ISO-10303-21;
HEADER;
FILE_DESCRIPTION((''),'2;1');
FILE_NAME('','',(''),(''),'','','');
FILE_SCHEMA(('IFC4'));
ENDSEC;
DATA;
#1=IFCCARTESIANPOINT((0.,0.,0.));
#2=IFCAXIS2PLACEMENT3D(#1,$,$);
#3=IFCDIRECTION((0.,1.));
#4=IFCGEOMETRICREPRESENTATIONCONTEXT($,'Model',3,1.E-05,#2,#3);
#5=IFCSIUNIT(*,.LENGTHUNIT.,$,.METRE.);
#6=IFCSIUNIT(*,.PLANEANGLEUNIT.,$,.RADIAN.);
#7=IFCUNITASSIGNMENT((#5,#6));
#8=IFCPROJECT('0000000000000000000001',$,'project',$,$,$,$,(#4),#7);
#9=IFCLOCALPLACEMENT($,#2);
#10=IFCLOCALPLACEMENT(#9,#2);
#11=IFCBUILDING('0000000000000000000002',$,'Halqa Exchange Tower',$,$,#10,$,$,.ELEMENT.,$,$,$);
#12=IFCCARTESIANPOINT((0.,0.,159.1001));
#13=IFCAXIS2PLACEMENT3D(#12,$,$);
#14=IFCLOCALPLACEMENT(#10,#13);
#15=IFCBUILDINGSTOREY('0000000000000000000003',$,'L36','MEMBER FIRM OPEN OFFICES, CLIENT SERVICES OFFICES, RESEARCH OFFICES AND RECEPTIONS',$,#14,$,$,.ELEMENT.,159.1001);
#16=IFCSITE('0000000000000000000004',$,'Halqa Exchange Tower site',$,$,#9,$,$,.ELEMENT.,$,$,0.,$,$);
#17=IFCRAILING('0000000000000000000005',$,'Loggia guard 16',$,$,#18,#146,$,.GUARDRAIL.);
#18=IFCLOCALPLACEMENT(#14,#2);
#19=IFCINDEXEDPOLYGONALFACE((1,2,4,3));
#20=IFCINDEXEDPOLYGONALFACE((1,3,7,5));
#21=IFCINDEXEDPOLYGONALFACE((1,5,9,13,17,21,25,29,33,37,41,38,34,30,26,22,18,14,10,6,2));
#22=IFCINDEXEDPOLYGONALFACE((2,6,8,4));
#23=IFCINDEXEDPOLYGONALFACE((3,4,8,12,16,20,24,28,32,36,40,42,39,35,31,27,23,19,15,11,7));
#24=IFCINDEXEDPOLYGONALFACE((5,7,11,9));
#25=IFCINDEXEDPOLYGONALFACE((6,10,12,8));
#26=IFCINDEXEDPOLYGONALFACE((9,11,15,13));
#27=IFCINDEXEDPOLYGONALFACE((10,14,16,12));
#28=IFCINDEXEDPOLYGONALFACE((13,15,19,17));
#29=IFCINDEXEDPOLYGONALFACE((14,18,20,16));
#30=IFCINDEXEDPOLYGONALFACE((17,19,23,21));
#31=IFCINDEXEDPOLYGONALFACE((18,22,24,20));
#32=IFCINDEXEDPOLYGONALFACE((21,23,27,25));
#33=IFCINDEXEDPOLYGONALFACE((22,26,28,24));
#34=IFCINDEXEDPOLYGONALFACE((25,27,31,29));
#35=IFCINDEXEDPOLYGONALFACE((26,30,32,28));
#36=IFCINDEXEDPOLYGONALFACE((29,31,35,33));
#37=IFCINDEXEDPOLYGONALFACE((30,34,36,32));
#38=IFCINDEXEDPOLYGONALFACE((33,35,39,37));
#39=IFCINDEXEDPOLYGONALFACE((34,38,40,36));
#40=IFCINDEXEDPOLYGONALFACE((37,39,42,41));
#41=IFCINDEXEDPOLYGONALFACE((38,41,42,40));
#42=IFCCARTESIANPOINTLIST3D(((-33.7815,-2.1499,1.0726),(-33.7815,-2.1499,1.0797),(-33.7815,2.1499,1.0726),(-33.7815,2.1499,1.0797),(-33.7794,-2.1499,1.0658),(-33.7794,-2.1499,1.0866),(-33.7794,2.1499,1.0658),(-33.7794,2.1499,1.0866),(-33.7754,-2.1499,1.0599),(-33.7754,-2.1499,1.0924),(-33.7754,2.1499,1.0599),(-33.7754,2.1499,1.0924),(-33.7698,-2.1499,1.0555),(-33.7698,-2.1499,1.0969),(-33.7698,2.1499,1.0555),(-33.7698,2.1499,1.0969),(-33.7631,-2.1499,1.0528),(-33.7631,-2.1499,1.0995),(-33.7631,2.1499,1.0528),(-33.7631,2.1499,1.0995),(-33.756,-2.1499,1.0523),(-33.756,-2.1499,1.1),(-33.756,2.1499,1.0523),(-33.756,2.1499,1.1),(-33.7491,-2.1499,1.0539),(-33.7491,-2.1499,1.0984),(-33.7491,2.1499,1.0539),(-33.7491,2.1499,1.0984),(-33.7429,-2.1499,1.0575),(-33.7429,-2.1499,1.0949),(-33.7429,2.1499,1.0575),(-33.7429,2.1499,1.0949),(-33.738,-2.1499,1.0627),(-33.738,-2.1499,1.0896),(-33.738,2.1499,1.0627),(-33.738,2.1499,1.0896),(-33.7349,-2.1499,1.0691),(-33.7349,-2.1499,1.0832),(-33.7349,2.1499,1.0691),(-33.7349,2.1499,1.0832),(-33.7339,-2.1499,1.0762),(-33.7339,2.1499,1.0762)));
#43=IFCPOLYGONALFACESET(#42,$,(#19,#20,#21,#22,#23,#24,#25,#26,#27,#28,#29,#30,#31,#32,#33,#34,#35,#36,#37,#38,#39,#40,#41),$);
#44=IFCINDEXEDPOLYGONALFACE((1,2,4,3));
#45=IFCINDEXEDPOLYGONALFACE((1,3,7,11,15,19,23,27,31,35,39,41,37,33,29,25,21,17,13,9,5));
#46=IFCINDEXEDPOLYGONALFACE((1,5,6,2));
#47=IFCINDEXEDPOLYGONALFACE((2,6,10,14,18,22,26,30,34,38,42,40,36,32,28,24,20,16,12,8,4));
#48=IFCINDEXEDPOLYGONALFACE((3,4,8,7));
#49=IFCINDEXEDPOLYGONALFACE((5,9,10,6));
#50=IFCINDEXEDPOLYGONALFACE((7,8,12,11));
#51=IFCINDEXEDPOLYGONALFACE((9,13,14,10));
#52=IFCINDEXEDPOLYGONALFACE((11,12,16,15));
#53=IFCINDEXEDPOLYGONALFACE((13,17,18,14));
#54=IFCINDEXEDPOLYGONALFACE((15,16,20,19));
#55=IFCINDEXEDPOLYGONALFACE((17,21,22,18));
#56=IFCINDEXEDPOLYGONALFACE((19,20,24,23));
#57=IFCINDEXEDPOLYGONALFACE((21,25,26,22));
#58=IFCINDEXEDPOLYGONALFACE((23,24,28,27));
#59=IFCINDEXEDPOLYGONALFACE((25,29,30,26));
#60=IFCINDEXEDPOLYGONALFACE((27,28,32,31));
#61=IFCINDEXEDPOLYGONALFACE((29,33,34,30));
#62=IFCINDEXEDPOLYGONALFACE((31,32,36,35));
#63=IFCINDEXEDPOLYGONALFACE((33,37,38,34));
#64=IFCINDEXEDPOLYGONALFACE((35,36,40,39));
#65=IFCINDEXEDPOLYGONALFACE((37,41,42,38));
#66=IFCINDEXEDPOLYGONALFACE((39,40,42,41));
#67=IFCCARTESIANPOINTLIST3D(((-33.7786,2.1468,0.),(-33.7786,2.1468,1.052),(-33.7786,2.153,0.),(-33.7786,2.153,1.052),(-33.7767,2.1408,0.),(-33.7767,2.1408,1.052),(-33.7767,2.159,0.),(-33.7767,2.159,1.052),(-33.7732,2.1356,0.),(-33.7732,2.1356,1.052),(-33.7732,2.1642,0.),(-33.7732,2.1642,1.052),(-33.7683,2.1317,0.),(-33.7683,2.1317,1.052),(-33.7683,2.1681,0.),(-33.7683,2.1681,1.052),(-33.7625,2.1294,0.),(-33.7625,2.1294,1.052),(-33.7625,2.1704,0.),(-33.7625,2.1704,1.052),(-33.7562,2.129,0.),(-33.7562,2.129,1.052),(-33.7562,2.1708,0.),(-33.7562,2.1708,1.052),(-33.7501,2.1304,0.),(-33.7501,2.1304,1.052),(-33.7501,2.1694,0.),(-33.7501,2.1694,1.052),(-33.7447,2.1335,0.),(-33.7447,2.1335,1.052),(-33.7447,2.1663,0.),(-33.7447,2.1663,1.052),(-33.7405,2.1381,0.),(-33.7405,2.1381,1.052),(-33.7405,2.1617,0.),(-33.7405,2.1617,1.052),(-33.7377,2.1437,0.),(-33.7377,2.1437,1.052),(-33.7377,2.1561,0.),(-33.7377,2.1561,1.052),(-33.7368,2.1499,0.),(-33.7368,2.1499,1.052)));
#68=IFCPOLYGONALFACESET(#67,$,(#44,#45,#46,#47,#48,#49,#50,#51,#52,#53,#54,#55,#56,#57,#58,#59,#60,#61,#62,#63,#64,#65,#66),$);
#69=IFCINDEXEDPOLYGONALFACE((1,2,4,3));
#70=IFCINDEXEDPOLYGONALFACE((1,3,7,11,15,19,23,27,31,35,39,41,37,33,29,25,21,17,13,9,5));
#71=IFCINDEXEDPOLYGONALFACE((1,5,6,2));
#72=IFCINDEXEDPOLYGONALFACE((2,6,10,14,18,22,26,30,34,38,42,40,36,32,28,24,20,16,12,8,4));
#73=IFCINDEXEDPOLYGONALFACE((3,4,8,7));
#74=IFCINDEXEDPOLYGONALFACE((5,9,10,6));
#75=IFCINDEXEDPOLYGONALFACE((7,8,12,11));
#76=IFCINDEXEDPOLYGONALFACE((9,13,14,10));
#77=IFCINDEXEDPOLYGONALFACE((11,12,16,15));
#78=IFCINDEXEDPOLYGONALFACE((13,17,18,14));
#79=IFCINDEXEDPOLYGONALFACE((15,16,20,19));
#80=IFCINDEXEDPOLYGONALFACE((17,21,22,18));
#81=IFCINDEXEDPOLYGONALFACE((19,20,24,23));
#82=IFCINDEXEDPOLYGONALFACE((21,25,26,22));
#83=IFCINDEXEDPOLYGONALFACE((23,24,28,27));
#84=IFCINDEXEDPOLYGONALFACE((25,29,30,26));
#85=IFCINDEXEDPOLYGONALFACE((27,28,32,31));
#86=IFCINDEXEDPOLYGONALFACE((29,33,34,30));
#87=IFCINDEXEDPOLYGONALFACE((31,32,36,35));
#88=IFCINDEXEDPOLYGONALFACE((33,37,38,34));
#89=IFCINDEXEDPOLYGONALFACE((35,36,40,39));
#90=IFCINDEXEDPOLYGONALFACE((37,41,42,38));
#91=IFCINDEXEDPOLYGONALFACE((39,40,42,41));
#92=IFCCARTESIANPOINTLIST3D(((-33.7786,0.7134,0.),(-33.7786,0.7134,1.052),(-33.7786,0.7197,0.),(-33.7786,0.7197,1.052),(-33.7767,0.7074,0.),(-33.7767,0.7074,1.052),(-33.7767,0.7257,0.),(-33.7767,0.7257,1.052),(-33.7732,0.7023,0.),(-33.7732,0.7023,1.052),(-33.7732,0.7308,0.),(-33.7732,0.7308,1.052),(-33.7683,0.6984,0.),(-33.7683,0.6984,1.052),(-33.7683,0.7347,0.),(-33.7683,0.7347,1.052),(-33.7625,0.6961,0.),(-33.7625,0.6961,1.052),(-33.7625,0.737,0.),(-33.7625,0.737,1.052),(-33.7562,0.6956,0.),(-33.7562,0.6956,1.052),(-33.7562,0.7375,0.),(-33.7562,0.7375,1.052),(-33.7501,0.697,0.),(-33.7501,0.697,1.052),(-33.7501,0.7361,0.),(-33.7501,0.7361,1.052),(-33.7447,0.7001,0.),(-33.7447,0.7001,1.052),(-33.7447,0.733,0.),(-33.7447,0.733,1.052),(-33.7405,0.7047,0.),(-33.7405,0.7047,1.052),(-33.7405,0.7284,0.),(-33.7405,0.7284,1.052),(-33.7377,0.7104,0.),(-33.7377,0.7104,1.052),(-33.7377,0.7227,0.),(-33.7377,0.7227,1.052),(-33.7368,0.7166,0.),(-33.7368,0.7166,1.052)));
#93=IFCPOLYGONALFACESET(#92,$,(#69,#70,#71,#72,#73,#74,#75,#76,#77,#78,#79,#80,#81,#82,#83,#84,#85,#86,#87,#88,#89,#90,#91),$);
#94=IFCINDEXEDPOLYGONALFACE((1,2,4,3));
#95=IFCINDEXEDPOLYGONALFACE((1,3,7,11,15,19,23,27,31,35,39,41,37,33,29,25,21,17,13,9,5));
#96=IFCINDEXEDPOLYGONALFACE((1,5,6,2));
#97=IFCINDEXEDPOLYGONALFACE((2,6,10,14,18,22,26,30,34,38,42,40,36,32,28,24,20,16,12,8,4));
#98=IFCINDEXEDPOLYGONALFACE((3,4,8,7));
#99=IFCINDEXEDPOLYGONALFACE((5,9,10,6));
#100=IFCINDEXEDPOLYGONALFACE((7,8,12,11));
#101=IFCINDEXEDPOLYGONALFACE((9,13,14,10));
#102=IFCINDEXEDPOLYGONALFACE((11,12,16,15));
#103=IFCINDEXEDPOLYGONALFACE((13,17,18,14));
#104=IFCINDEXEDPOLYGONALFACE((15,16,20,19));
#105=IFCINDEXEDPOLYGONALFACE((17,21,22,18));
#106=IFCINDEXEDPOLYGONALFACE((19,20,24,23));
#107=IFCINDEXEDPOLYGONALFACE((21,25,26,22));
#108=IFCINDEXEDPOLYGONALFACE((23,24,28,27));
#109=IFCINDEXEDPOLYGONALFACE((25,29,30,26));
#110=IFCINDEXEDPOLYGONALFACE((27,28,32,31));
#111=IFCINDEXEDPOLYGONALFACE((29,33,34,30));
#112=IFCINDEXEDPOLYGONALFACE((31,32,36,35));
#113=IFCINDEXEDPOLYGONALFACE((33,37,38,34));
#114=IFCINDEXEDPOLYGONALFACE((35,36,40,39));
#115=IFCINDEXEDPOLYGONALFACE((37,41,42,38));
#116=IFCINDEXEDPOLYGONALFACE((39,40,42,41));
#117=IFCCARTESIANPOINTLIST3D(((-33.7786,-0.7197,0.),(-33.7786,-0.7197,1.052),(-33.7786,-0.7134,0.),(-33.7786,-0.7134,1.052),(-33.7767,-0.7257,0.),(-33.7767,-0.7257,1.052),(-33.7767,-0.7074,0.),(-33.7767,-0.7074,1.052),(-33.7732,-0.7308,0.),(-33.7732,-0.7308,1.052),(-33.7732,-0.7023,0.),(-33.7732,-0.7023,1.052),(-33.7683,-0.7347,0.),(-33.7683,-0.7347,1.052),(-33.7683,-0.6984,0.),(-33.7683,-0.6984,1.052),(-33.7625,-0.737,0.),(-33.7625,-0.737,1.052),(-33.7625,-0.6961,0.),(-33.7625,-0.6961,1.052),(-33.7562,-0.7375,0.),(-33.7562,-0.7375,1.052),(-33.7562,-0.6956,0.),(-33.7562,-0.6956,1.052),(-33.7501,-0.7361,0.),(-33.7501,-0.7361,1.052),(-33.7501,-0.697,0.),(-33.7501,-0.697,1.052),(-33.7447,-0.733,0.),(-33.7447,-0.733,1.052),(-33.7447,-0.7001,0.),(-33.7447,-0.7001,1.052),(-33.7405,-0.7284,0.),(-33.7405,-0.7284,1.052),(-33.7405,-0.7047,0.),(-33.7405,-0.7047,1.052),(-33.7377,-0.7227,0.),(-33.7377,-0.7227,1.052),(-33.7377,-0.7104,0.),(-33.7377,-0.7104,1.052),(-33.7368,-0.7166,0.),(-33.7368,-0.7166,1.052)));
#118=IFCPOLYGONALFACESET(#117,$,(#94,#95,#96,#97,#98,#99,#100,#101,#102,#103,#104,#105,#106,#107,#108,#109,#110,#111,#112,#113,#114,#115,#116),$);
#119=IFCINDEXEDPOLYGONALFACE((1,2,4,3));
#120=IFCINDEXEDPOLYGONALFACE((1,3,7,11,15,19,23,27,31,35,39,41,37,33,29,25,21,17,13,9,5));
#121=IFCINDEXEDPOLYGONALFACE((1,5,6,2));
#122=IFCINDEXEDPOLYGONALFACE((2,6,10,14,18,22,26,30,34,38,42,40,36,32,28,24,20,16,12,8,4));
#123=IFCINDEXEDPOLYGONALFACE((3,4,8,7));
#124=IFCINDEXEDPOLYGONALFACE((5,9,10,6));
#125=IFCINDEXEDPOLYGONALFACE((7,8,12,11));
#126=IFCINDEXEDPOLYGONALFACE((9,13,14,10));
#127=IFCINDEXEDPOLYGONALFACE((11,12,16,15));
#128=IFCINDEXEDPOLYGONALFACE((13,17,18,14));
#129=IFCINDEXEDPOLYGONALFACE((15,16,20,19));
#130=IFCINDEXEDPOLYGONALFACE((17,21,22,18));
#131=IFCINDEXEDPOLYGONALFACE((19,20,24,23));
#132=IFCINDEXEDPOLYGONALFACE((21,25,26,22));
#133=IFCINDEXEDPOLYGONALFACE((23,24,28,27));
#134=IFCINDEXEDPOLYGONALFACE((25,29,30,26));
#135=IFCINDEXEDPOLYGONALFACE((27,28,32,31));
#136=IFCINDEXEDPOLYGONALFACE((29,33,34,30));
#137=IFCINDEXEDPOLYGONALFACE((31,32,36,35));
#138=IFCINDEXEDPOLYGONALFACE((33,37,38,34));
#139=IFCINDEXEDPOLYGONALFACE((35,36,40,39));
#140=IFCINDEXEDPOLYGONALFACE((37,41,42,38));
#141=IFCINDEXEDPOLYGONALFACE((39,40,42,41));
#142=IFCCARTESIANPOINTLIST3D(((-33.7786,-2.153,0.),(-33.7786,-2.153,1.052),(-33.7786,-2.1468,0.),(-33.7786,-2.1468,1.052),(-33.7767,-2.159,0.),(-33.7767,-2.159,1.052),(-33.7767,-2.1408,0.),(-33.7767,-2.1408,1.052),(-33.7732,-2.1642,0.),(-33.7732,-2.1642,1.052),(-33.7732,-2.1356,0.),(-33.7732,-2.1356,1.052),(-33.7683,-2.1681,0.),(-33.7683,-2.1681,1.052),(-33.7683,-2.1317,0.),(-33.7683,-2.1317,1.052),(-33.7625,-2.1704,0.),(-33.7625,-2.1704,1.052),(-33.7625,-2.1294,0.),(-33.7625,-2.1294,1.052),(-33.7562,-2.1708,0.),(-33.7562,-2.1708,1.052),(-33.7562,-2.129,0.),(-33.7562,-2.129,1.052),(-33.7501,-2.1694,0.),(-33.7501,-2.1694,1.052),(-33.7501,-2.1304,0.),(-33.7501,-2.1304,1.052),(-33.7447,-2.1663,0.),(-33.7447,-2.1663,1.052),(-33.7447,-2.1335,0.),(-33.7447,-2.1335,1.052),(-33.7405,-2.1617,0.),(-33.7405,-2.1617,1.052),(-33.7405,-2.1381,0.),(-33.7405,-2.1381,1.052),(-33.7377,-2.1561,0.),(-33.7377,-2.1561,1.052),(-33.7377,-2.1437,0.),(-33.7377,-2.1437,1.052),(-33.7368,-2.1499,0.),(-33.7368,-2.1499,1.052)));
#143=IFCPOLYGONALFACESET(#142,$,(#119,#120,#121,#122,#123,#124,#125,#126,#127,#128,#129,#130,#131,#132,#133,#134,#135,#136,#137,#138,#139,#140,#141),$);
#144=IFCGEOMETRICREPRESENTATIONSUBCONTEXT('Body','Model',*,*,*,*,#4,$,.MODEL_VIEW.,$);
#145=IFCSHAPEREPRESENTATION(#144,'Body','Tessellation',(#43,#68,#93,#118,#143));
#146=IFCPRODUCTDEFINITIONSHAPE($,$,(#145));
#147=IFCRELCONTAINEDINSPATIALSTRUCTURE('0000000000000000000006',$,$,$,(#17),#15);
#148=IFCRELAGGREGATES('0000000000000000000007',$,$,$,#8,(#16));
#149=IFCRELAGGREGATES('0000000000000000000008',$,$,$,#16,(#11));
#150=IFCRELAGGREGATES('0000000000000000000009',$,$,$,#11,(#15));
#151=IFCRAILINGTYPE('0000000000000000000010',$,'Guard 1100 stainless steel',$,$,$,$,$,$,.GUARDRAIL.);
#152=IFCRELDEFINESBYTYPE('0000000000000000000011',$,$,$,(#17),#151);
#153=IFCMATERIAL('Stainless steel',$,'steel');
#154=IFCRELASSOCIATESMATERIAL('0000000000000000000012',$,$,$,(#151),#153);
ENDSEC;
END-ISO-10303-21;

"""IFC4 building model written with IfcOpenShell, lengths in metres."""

from ifc_helpers import new_model, si_unit, direction, frame, origin, origin_2d, place, context, subcontext, project, spatial, circle, extrude, material, type_object, element, save


model = new_model("IFC4")

# Units and contexts
model_context = context("Model", 3, precision=1e-05, world=origin(), true_north=direction((0.0, 1.0)))
body_context = subcontext(model_context, "Body", "Model", "MODEL_VIEW")
ifc_project = project(units=[si_unit("LENGTHUNIT", "METRE"), si_unit("PLANEANGLEUNIT", "RADIAN")], contexts=[model_context])

# Site, building, storey
site_placement = place(None, origin())
site = spatial("IfcSite", under=ifc_project, at=site_placement, Name="Halqa Exchange Tower site", CompositionType="ELEMENT", RefElevation=0.0)
building_placement = place(site_placement, origin())
building = spatial("IfcBuilding", under=site, at=building_placement, Name="Halqa Exchange Tower", CompositionType="ELEMENT")
storey_placement = place(building_placement, frame((0.0, 0.0, 159.1001)))
storey = spatial("IfcBuildingStorey", under=building, at=storey_placement, Name="L36", Description="MEMBER FIRM OPEN OFFICES, CLIENT SERVICES OFFICES, RESEARCH OFFICES AND RECEPTIONS", CompositionType="ELEMENT", Elevation=159.1001)

# Railing
ifc_material_1 = material(Name="Stainless steel", Category="steel")
railing_type = type_object("IfcRailingType", Name="Guard 1100 stainless steel", PredefinedType="GUARDRAIL", material=ifc_material_1)
railing_1_placement = place(storey_placement, frame((-33.7578, 2.1499, 0.0)))
element("IfcRailing", 1, at=railing_1_placement, inside=storey, type_object=railing_type, Name="Loggia guard 16", PredefinedType="GUARDRAIL", context=body_context, shape_type="SweptSolid", body=[
    extrude(circle(Radius=0.0239, at=origin_2d()), frame((0.0, 0.0, 1.0762), z_axis=(0.0, -1.0, 0.0), x_axis=(1.0, 0.0, 0.0)), (0.0, 0.0, 1.0), 4.2998),
    extrude(circle(Radius=0.021, at=origin_2d()), origin(), (0.0, 0.0, 1.0), 1.052),
    extrude(circle(Radius=0.021, at=origin_2d()), frame((0.0, -1.4333, 0.0)), (0.0, 0.0, 1.0), 1.052),
    extrude(circle(Radius=0.021, at=origin_2d()), frame((0.0, -2.8665, 0.0)), (0.0, 0.0, 1.0), 1.052),
    extrude(circle(Radius=0.021, at=origin_2d()), frame((0.0, -4.2998, 0.0)), (0.0, 0.0, 1.0), 1.052),
])

save(model, "model.ifc")
